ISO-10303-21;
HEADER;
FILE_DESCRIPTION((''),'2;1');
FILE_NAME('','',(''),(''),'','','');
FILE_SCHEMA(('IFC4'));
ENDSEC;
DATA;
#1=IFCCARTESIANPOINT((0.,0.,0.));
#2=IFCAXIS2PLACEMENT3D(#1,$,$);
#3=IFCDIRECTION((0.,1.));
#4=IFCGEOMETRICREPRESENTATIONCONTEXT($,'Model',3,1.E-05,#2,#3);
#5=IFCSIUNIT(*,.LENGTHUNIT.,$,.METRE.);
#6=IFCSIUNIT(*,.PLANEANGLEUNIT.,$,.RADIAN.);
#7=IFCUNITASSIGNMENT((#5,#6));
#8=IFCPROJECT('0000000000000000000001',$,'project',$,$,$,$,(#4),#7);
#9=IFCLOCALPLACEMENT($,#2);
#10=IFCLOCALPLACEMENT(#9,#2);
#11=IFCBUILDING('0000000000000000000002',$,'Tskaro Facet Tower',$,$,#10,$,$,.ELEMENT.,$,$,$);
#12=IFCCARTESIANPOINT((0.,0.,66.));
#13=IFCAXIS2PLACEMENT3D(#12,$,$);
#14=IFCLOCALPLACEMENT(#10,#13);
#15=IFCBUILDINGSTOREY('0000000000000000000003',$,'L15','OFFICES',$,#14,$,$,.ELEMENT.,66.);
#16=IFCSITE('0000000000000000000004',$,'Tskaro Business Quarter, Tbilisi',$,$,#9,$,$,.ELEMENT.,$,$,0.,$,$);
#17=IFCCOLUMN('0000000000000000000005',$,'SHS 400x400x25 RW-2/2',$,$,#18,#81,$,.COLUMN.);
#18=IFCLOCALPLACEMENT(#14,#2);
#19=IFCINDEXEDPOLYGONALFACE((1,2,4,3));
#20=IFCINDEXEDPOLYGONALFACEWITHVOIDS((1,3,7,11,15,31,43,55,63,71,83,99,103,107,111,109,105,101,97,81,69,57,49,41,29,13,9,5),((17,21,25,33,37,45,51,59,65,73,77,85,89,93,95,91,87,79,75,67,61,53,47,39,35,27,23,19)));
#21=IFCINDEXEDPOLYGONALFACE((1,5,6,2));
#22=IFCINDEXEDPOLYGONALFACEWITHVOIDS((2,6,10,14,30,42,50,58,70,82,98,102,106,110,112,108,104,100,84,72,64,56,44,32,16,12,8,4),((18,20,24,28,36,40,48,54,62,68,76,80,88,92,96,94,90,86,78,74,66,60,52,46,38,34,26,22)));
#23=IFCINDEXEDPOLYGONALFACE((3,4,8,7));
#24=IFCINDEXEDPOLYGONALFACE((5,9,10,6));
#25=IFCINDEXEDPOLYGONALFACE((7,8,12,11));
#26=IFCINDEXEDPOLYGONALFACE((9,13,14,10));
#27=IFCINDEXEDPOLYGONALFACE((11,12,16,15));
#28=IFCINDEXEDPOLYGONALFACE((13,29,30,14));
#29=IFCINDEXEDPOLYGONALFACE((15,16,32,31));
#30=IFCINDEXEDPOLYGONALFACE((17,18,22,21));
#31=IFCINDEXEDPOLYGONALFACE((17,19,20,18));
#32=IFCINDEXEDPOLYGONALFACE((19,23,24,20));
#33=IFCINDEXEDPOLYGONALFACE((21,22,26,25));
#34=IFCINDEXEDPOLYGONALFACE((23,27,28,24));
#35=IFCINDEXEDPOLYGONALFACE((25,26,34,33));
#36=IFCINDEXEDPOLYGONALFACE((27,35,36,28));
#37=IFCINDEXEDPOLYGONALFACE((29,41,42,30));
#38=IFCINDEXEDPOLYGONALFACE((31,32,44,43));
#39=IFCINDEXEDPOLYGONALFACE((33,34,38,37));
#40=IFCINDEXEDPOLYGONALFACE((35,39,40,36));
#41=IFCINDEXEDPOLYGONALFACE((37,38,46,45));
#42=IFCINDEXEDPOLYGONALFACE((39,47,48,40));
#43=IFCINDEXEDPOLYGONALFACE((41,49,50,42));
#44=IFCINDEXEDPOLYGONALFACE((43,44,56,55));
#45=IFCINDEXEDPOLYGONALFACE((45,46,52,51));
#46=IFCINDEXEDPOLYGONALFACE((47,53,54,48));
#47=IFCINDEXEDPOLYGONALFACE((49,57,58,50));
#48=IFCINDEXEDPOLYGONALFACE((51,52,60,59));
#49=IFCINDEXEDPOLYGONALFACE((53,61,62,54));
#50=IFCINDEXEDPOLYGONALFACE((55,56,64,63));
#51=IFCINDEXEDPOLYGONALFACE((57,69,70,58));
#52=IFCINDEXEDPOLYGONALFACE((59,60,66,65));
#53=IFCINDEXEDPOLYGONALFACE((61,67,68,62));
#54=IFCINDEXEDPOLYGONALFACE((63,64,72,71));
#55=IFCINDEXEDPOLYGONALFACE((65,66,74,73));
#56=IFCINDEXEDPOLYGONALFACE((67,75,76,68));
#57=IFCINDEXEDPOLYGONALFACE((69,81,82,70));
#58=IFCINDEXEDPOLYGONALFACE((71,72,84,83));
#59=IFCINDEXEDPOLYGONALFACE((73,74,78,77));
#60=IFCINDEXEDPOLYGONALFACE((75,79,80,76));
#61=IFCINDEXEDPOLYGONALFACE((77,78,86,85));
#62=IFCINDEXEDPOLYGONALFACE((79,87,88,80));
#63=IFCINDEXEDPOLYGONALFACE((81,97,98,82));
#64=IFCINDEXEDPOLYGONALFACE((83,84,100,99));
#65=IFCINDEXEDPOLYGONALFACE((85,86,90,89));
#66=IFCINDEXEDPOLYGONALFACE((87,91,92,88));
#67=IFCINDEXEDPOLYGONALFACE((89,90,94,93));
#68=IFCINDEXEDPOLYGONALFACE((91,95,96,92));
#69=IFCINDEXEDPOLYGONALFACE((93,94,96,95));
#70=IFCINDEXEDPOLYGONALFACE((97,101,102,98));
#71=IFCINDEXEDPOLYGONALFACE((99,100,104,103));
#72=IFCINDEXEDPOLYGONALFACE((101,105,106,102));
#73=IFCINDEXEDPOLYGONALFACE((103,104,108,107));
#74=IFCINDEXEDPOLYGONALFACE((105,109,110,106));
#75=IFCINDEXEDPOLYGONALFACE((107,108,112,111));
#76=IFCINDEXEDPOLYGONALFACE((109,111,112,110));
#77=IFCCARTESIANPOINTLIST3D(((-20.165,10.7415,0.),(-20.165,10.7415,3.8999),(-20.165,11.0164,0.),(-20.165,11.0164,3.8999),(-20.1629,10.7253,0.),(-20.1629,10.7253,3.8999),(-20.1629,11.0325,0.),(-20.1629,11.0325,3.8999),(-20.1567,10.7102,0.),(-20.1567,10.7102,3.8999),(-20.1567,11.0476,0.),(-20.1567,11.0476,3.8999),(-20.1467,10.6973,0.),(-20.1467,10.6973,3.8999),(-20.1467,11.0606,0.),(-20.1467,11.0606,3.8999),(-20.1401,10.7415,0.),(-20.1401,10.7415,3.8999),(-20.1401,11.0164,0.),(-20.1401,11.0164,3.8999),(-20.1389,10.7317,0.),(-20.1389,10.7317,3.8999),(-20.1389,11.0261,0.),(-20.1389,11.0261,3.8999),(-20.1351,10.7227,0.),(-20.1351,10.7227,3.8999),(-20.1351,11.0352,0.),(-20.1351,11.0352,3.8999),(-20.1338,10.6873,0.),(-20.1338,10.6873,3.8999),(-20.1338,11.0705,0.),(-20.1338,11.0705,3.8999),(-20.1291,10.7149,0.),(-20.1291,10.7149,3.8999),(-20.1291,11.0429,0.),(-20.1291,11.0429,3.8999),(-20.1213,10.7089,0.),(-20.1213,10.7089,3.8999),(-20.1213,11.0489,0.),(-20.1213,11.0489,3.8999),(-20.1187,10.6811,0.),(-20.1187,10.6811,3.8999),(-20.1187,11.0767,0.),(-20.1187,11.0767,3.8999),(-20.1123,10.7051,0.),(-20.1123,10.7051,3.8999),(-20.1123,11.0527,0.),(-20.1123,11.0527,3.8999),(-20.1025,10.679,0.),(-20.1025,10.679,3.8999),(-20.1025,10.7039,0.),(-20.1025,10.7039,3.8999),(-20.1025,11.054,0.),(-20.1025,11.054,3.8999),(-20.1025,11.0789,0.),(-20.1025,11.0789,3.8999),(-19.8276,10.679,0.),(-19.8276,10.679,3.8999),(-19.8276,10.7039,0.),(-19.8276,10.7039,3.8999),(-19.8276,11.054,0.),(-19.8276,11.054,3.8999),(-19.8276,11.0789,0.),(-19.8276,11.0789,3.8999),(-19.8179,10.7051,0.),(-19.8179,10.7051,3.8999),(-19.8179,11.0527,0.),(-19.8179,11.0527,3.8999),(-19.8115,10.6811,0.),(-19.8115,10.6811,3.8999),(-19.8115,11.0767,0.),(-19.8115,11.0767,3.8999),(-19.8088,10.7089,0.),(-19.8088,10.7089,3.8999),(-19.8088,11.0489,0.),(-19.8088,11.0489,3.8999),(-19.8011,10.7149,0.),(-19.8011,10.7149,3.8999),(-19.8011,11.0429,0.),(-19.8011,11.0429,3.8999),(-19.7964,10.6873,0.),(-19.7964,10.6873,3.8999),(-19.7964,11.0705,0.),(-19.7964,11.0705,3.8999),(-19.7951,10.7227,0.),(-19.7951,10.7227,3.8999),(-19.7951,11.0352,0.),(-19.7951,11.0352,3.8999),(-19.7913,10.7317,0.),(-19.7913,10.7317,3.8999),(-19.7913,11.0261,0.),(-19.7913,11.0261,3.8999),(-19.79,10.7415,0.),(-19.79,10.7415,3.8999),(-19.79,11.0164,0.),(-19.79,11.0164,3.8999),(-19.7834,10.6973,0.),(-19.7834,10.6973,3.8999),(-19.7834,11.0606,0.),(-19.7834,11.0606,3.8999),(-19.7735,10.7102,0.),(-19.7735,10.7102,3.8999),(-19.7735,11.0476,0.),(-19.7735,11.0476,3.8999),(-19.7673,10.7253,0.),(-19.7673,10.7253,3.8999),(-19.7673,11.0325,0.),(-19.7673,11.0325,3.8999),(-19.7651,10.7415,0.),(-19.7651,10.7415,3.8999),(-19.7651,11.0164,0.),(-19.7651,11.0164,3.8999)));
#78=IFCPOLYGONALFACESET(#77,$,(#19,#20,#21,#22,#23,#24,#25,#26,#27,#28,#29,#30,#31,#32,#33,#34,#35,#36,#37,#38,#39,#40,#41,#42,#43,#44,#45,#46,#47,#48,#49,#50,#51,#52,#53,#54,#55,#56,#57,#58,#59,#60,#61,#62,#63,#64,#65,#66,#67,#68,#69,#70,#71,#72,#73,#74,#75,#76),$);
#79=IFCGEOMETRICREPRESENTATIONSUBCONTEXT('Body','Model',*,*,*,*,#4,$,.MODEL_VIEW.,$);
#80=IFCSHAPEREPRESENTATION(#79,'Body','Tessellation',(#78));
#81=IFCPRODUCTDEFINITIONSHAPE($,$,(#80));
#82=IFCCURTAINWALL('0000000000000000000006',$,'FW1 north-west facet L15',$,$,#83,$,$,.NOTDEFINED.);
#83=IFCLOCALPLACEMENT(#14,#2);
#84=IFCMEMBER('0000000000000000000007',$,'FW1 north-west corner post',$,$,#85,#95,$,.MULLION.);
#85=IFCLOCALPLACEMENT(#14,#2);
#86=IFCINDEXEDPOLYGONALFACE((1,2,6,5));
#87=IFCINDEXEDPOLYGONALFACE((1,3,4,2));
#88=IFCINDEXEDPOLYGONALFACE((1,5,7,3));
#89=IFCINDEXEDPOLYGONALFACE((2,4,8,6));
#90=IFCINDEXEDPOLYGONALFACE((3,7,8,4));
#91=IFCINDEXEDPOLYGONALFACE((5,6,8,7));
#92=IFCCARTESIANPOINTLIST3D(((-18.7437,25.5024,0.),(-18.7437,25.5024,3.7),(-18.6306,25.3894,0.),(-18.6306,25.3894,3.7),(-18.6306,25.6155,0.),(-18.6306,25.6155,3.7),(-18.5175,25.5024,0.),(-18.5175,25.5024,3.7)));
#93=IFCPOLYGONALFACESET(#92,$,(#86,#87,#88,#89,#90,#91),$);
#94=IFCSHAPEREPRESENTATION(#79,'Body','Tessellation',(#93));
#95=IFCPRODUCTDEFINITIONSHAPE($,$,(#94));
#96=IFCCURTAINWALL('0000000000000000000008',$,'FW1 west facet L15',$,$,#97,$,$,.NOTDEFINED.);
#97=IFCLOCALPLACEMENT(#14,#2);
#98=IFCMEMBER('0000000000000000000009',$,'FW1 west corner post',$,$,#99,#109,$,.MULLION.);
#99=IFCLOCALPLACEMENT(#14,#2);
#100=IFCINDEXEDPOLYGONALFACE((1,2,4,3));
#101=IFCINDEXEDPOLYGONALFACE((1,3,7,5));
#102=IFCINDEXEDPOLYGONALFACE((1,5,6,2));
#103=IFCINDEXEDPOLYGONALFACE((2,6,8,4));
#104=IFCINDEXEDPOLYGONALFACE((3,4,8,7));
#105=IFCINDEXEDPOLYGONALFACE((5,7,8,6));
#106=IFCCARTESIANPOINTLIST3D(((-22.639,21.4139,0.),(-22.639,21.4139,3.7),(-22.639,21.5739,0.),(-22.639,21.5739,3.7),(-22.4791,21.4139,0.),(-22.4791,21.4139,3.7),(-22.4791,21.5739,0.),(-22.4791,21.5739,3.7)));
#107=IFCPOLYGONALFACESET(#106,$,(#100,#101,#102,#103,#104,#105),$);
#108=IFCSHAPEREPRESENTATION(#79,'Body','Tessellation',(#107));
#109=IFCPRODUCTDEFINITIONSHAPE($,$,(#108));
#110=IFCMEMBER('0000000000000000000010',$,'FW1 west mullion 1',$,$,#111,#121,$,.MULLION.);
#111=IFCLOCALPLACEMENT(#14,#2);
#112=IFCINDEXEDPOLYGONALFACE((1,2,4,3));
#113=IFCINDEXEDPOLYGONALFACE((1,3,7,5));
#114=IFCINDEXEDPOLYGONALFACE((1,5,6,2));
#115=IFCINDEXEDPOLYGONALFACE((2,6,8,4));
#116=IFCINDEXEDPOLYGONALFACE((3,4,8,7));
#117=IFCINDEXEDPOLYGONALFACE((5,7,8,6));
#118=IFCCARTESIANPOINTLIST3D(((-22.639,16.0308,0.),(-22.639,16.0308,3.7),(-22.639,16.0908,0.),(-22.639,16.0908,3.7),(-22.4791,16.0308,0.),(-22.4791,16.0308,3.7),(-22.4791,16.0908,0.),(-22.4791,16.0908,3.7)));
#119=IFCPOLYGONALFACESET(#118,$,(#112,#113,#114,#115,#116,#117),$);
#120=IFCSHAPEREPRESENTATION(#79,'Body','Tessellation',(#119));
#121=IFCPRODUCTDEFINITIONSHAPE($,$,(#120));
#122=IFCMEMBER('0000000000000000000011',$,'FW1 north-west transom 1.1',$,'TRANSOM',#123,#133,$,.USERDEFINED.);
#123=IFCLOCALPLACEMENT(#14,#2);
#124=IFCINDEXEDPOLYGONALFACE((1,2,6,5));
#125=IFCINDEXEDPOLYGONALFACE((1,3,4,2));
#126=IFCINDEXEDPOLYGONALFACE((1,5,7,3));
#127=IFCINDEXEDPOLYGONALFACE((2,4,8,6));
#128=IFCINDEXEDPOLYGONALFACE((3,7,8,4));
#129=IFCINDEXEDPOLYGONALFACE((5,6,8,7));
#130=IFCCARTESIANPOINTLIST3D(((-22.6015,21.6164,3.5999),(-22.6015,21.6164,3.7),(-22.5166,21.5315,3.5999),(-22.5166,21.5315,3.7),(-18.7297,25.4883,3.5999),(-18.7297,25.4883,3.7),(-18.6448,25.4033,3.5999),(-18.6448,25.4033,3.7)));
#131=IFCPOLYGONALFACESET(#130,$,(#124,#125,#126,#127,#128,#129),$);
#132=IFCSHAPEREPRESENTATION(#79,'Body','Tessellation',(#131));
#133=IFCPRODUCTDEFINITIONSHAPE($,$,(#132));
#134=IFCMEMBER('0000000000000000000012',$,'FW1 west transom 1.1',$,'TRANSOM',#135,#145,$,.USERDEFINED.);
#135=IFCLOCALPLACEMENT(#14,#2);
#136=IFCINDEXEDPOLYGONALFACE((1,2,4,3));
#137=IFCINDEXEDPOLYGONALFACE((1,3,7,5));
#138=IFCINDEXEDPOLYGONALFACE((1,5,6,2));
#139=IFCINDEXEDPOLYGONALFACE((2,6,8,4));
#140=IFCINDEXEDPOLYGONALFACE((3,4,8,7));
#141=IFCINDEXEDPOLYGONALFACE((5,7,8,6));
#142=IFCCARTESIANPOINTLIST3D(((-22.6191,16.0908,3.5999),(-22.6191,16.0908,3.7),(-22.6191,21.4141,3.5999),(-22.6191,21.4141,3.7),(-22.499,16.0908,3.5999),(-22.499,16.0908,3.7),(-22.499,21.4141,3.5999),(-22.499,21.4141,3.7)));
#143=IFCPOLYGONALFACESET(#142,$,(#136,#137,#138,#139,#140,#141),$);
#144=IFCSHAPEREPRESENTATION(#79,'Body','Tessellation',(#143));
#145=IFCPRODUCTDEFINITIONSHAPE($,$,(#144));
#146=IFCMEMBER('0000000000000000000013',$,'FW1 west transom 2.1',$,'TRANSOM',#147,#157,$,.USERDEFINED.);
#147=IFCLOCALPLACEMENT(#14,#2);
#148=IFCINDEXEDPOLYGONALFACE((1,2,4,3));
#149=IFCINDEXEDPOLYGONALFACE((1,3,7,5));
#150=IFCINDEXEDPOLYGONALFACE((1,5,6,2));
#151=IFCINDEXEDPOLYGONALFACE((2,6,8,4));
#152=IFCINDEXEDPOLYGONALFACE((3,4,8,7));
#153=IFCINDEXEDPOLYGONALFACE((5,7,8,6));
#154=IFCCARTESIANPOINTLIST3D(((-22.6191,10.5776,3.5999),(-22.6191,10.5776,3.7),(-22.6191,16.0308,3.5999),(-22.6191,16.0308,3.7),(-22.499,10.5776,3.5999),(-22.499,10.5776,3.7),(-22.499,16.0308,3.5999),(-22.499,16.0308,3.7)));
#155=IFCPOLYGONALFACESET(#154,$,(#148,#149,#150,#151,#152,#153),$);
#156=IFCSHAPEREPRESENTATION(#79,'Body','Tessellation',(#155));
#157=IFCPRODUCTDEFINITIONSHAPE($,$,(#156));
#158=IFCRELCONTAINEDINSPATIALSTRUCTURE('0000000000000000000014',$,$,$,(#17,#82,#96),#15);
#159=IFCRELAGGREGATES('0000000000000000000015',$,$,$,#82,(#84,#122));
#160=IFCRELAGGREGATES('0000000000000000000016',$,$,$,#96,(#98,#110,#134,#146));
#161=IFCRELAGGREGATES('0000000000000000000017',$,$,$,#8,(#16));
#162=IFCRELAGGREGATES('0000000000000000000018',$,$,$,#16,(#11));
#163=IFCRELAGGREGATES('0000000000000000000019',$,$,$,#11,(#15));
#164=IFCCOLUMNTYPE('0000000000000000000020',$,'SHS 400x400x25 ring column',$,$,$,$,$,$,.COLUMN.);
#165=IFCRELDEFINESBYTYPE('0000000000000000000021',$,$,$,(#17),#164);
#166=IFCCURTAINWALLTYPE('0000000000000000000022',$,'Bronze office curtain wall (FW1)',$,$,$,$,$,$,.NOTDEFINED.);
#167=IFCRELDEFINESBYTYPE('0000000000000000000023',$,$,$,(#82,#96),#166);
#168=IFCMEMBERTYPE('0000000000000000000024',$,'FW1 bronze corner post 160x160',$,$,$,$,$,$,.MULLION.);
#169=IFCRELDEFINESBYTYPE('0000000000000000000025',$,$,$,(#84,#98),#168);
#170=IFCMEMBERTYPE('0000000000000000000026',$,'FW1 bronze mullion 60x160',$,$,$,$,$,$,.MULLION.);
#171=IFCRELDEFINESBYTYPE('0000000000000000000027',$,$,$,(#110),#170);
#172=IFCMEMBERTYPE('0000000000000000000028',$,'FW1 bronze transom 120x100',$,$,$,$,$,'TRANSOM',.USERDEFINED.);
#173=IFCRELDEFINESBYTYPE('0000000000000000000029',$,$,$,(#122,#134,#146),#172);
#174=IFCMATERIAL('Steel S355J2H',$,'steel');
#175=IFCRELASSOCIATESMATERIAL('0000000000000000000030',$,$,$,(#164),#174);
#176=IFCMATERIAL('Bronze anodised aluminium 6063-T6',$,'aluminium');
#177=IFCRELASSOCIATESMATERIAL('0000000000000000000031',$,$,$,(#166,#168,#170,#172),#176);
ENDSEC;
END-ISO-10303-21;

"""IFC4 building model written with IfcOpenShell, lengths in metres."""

from ifc_helpers import new_model, si_unit, direction, frame, origin, origin_2d, place, context, subcontext, project, spatial, rectangle, hollow_rectangle, extrude, material, material_profile, profile_set, type_object, element, aggregate, save


model = new_model("IFC4")

# Units and contexts
model_context = context("Model", 3, precision=1e-05, world=origin(), true_north=direction((0.0, 1.0)))
body_context = subcontext(model_context, "Body", "Model", "MODEL_VIEW")
ifc_project = project(units=[si_unit("LENGTHUNIT", "METRE"), si_unit("PLANEANGLEUNIT", "RADIAN")], contexts=[model_context])

# Site, building, storey
site_placement = place(None, origin())
site = spatial("IfcSite", under=ifc_project, at=site_placement, Name="Tskaro Business Quarter, Tbilisi", CompositionType="ELEMENT", RefElevation=0.0)
building_placement = place(site_placement, origin())
building = spatial("IfcBuilding", under=site, at=building_placement, Name="Tskaro Facet Tower", CompositionType="ELEMENT")
storey_placement = place(building_placement, frame((0.0, 0.0, 66.0)))
storey = spatial("IfcBuildingStorey", under=building, at=storey_placement, Name="L15", Description="OFFICES", CompositionType="ELEMENT", Elevation=66.0)

# Column
ifc_material_1 = material(Name="Steel S355J2H", Category="steel")
ifc_material_profile_1 = material_profile(ifc_material_1, hollow_rectangle(XDim=0.3999, YDim=0.3999, WallThickness=0.0249, InnerFilletRadius=0.0376, OuterFilletRadius=0.0625, at=origin_2d()), Name="SHS 400x400x25")
ifc_profile_set_1 = profile_set([ifc_material_profile_1], Name="Steel S355J2H")
column_type_1 = type_object("IfcColumnType", Name="SHS 400x400x25 ring column", PredefinedType="COLUMN", material=ifc_profile_set_1)
for number, where, z_axis, x_axis, name in (
    (1, (-19.9651, 10.8789, 0.0), (0.0, 0.0, 1.0), (1.0, 0.0, 0.0), "SHS 400x400x25 RW-2/2"),
):
    element("IfcColumn", number, at=place(storey_placement, frame(where, z_axis=z_axis, x_axis=x_axis)), inside=storey, type_object=column_type_1, Name=name, PredefinedType="COLUMN", context=body_context, shape_type="SweptSolid", body=[
        extrude(hollow_rectangle(XDim=0.3999, YDim=0.3999, WallThickness=0.0249, InnerFilletRadius=0.0376, OuterFilletRadius=0.0625, at=origin_2d()), origin(), (0.0, 0.0, 1.0), 3.8999),
    ])

# Curtain wall, member
ifc_material_2 = material(Name="Bronze anodised aluminium 6063-T6", Category="aluminium")
curtain_wall_type = type_object("IfcCurtainWallType", Name="Bronze office curtain wall (FW1)", PredefinedType="NOTDEFINED", material=ifc_material_2)
curtain_wall_1_placement = place(storey_placement, origin())
curtain_wall_1 = element("IfcCurtainWall", 2, at=curtain_wall_1_placement, inside=storey, type_object=curtain_wall_type, Name="FW1 north-west facet L15", PredefinedType="NOTDEFINED")
ifc_material_profile_2 = material_profile(ifc_material_2, rectangle(XDim=0.1599, YDim=0.1599, at=origin_2d()), Name="Corner post 160x160")
ifc_profile_set_2 = profile_set([ifc_material_profile_2], Name="Bronze anodised aluminium 6063-T6")
member_type_1 = type_object("IfcMemberType", Name="FW1 bronze corner post 160x160", PredefinedType="MULLION", material=ifc_profile_set_2)
member_1_placement = place(storey_placement, frame((-18.6306, 25.5024, 0.0), z_axis=(0.0, 0.0, 1.0), x_axis=(-0.707107, -0.707107, 0.0)))
member_1 = element("IfcMember", 3, at=member_1_placement, type_object=member_type_1, Name="FW1 north-west corner post", PredefinedType="MULLION", context=body_context, shape_type="SweptSolid", body=[
    extrude(rectangle(XDim=0.1599, YDim=0.1599, at=origin_2d()), origin(), (0.0, 0.0, 1.0), 3.7),
])

# Curtain wall, members
curtain_wall_2_placement = place(storey_placement, origin())
curtain_wall_2 = element("IfcCurtainWall", 4, at=curtain_wall_2_placement, inside=storey, type_object=curtain_wall_type, Name="FW1 west facet L15", PredefinedType="NOTDEFINED")
member_2_placement = place(storey_placement, frame((-22.5591, 21.4939, 0.0), z_axis=(0.0, 0.0, 1.0), x_axis=(0.0, -1.0, 0.0)))
member_2 = element("IfcMember", 5, at=member_2_placement, type_object=member_type_1, Name="FW1 west corner post", PredefinedType="MULLION", context=body_context, shape_type="SweptSolid", body=[
    extrude(rectangle(XDim=0.1599, YDim=0.1599, at=origin_2d()), origin(), (0.0, 0.0, 1.0), 3.7),
])
ifc_material_profile_3 = material_profile(ifc_material_2, rectangle(XDim=0.0601, YDim=0.1599, at=origin_2d()), Name="Mullion 60x160")
ifc_profile_set_3 = profile_set([ifc_material_profile_3], Name="Bronze anodised aluminium 6063-T6")
member_type_2 = type_object("IfcMemberType", Name="FW1 bronze mullion 60x160", PredefinedType="MULLION", material=ifc_profile_set_3)
member_3_placement = place(storey_placement, frame((-22.5591, 16.0608, 0.0), z_axis=(0.0, 0.0, 1.0), x_axis=(0.0, -1.0, 0.0)))
member_3 = element("IfcMember", 6, at=member_3_placement, type_object=member_type_2, Name="FW1 west mullion 1", PredefinedType="MULLION", context=body_context, shape_type="SweptSolid", body=[
    extrude(rectangle(XDim=0.0601, YDim=0.1599, at=origin_2d()), origin(), (0.0, 0.0, 1.0), 3.7),
])

# Members
ifc_material_profile_4 = material_profile(ifc_material_2, rectangle(XDim=0.1201, YDim=0.1001, at=origin_2d()), Name="Transom 120x100")
ifc_profile_set_4 = profile_set([ifc_material_profile_4], Name="Bronze anodised aluminium 6063-T6")
member_type_3 = type_object("IfcMemberType", Name="FW1 bronze transom 120x100", ElementType="TRANSOM", PredefinedType="USERDEFINED", material=ifc_profile_set_4)
member_4_placement = place(storey_placement, frame((-18.6873, 25.4458, 3.6499), z_axis=(-0.707107, -0.707107, 0.0), x_axis=(0.707107, -0.707107, 0.0)))
member_4 = element("IfcMember", 7, at=member_4_placement, type_object=member_type_3, Name="FW1 north-west transom 1.1", ObjectType="TRANSOM", PredefinedType="USERDEFINED", context=body_context, shape_type="SweptSolid", body=[
    extrude(rectangle(XDim=0.1201, YDim=0.1001, at=origin_2d()), origin(), (0.0, 0.0, 1.0), 5.4756),
])
member_5_placement = place(storey_placement, frame((-22.5591, 21.4141, 3.6499), z_axis=(0.0, -1.0, 0.0), x_axis=(1.0, 0.0, 0.0)))
member_5 = element("IfcMember", 8, at=member_5_placement, type_object=member_type_3, Name="FW1 west transom 1.1", ObjectType="TRANSOM", PredefinedType="USERDEFINED", context=body_context, shape_type="SweptSolid", body=[
    extrude(rectangle(XDim=0.1201, YDim=0.1001, at=origin_2d()), origin(), (0.0, 0.0, 1.0), 5.3232),
])
member_6_placement = place(storey_placement, frame((-22.5591, 16.0308, 3.6499), z_axis=(0.0, -1.0, 0.0), x_axis=(1.0, 0.0, 0.0)))
member_6 = element("IfcMember", 9, at=member_6_placement, type_object=member_type_3, Name="FW1 west transom 2.1", ObjectType="TRANSOM", PredefinedType="USERDEFINED", context=body_context, shape_type="SweptSolid", body=[
    extrude(rectangle(XDim=0.1201, YDim=0.1001, at=origin_2d()), origin(), (0.0, 0.0, 1.0), 5.4531),
])

aggregate(curtain_wall_1, [member_1, member_4])
aggregate(curtain_wall_2, [member_2, member_3, member_5, member_6])

save(model, "model.ifc")
